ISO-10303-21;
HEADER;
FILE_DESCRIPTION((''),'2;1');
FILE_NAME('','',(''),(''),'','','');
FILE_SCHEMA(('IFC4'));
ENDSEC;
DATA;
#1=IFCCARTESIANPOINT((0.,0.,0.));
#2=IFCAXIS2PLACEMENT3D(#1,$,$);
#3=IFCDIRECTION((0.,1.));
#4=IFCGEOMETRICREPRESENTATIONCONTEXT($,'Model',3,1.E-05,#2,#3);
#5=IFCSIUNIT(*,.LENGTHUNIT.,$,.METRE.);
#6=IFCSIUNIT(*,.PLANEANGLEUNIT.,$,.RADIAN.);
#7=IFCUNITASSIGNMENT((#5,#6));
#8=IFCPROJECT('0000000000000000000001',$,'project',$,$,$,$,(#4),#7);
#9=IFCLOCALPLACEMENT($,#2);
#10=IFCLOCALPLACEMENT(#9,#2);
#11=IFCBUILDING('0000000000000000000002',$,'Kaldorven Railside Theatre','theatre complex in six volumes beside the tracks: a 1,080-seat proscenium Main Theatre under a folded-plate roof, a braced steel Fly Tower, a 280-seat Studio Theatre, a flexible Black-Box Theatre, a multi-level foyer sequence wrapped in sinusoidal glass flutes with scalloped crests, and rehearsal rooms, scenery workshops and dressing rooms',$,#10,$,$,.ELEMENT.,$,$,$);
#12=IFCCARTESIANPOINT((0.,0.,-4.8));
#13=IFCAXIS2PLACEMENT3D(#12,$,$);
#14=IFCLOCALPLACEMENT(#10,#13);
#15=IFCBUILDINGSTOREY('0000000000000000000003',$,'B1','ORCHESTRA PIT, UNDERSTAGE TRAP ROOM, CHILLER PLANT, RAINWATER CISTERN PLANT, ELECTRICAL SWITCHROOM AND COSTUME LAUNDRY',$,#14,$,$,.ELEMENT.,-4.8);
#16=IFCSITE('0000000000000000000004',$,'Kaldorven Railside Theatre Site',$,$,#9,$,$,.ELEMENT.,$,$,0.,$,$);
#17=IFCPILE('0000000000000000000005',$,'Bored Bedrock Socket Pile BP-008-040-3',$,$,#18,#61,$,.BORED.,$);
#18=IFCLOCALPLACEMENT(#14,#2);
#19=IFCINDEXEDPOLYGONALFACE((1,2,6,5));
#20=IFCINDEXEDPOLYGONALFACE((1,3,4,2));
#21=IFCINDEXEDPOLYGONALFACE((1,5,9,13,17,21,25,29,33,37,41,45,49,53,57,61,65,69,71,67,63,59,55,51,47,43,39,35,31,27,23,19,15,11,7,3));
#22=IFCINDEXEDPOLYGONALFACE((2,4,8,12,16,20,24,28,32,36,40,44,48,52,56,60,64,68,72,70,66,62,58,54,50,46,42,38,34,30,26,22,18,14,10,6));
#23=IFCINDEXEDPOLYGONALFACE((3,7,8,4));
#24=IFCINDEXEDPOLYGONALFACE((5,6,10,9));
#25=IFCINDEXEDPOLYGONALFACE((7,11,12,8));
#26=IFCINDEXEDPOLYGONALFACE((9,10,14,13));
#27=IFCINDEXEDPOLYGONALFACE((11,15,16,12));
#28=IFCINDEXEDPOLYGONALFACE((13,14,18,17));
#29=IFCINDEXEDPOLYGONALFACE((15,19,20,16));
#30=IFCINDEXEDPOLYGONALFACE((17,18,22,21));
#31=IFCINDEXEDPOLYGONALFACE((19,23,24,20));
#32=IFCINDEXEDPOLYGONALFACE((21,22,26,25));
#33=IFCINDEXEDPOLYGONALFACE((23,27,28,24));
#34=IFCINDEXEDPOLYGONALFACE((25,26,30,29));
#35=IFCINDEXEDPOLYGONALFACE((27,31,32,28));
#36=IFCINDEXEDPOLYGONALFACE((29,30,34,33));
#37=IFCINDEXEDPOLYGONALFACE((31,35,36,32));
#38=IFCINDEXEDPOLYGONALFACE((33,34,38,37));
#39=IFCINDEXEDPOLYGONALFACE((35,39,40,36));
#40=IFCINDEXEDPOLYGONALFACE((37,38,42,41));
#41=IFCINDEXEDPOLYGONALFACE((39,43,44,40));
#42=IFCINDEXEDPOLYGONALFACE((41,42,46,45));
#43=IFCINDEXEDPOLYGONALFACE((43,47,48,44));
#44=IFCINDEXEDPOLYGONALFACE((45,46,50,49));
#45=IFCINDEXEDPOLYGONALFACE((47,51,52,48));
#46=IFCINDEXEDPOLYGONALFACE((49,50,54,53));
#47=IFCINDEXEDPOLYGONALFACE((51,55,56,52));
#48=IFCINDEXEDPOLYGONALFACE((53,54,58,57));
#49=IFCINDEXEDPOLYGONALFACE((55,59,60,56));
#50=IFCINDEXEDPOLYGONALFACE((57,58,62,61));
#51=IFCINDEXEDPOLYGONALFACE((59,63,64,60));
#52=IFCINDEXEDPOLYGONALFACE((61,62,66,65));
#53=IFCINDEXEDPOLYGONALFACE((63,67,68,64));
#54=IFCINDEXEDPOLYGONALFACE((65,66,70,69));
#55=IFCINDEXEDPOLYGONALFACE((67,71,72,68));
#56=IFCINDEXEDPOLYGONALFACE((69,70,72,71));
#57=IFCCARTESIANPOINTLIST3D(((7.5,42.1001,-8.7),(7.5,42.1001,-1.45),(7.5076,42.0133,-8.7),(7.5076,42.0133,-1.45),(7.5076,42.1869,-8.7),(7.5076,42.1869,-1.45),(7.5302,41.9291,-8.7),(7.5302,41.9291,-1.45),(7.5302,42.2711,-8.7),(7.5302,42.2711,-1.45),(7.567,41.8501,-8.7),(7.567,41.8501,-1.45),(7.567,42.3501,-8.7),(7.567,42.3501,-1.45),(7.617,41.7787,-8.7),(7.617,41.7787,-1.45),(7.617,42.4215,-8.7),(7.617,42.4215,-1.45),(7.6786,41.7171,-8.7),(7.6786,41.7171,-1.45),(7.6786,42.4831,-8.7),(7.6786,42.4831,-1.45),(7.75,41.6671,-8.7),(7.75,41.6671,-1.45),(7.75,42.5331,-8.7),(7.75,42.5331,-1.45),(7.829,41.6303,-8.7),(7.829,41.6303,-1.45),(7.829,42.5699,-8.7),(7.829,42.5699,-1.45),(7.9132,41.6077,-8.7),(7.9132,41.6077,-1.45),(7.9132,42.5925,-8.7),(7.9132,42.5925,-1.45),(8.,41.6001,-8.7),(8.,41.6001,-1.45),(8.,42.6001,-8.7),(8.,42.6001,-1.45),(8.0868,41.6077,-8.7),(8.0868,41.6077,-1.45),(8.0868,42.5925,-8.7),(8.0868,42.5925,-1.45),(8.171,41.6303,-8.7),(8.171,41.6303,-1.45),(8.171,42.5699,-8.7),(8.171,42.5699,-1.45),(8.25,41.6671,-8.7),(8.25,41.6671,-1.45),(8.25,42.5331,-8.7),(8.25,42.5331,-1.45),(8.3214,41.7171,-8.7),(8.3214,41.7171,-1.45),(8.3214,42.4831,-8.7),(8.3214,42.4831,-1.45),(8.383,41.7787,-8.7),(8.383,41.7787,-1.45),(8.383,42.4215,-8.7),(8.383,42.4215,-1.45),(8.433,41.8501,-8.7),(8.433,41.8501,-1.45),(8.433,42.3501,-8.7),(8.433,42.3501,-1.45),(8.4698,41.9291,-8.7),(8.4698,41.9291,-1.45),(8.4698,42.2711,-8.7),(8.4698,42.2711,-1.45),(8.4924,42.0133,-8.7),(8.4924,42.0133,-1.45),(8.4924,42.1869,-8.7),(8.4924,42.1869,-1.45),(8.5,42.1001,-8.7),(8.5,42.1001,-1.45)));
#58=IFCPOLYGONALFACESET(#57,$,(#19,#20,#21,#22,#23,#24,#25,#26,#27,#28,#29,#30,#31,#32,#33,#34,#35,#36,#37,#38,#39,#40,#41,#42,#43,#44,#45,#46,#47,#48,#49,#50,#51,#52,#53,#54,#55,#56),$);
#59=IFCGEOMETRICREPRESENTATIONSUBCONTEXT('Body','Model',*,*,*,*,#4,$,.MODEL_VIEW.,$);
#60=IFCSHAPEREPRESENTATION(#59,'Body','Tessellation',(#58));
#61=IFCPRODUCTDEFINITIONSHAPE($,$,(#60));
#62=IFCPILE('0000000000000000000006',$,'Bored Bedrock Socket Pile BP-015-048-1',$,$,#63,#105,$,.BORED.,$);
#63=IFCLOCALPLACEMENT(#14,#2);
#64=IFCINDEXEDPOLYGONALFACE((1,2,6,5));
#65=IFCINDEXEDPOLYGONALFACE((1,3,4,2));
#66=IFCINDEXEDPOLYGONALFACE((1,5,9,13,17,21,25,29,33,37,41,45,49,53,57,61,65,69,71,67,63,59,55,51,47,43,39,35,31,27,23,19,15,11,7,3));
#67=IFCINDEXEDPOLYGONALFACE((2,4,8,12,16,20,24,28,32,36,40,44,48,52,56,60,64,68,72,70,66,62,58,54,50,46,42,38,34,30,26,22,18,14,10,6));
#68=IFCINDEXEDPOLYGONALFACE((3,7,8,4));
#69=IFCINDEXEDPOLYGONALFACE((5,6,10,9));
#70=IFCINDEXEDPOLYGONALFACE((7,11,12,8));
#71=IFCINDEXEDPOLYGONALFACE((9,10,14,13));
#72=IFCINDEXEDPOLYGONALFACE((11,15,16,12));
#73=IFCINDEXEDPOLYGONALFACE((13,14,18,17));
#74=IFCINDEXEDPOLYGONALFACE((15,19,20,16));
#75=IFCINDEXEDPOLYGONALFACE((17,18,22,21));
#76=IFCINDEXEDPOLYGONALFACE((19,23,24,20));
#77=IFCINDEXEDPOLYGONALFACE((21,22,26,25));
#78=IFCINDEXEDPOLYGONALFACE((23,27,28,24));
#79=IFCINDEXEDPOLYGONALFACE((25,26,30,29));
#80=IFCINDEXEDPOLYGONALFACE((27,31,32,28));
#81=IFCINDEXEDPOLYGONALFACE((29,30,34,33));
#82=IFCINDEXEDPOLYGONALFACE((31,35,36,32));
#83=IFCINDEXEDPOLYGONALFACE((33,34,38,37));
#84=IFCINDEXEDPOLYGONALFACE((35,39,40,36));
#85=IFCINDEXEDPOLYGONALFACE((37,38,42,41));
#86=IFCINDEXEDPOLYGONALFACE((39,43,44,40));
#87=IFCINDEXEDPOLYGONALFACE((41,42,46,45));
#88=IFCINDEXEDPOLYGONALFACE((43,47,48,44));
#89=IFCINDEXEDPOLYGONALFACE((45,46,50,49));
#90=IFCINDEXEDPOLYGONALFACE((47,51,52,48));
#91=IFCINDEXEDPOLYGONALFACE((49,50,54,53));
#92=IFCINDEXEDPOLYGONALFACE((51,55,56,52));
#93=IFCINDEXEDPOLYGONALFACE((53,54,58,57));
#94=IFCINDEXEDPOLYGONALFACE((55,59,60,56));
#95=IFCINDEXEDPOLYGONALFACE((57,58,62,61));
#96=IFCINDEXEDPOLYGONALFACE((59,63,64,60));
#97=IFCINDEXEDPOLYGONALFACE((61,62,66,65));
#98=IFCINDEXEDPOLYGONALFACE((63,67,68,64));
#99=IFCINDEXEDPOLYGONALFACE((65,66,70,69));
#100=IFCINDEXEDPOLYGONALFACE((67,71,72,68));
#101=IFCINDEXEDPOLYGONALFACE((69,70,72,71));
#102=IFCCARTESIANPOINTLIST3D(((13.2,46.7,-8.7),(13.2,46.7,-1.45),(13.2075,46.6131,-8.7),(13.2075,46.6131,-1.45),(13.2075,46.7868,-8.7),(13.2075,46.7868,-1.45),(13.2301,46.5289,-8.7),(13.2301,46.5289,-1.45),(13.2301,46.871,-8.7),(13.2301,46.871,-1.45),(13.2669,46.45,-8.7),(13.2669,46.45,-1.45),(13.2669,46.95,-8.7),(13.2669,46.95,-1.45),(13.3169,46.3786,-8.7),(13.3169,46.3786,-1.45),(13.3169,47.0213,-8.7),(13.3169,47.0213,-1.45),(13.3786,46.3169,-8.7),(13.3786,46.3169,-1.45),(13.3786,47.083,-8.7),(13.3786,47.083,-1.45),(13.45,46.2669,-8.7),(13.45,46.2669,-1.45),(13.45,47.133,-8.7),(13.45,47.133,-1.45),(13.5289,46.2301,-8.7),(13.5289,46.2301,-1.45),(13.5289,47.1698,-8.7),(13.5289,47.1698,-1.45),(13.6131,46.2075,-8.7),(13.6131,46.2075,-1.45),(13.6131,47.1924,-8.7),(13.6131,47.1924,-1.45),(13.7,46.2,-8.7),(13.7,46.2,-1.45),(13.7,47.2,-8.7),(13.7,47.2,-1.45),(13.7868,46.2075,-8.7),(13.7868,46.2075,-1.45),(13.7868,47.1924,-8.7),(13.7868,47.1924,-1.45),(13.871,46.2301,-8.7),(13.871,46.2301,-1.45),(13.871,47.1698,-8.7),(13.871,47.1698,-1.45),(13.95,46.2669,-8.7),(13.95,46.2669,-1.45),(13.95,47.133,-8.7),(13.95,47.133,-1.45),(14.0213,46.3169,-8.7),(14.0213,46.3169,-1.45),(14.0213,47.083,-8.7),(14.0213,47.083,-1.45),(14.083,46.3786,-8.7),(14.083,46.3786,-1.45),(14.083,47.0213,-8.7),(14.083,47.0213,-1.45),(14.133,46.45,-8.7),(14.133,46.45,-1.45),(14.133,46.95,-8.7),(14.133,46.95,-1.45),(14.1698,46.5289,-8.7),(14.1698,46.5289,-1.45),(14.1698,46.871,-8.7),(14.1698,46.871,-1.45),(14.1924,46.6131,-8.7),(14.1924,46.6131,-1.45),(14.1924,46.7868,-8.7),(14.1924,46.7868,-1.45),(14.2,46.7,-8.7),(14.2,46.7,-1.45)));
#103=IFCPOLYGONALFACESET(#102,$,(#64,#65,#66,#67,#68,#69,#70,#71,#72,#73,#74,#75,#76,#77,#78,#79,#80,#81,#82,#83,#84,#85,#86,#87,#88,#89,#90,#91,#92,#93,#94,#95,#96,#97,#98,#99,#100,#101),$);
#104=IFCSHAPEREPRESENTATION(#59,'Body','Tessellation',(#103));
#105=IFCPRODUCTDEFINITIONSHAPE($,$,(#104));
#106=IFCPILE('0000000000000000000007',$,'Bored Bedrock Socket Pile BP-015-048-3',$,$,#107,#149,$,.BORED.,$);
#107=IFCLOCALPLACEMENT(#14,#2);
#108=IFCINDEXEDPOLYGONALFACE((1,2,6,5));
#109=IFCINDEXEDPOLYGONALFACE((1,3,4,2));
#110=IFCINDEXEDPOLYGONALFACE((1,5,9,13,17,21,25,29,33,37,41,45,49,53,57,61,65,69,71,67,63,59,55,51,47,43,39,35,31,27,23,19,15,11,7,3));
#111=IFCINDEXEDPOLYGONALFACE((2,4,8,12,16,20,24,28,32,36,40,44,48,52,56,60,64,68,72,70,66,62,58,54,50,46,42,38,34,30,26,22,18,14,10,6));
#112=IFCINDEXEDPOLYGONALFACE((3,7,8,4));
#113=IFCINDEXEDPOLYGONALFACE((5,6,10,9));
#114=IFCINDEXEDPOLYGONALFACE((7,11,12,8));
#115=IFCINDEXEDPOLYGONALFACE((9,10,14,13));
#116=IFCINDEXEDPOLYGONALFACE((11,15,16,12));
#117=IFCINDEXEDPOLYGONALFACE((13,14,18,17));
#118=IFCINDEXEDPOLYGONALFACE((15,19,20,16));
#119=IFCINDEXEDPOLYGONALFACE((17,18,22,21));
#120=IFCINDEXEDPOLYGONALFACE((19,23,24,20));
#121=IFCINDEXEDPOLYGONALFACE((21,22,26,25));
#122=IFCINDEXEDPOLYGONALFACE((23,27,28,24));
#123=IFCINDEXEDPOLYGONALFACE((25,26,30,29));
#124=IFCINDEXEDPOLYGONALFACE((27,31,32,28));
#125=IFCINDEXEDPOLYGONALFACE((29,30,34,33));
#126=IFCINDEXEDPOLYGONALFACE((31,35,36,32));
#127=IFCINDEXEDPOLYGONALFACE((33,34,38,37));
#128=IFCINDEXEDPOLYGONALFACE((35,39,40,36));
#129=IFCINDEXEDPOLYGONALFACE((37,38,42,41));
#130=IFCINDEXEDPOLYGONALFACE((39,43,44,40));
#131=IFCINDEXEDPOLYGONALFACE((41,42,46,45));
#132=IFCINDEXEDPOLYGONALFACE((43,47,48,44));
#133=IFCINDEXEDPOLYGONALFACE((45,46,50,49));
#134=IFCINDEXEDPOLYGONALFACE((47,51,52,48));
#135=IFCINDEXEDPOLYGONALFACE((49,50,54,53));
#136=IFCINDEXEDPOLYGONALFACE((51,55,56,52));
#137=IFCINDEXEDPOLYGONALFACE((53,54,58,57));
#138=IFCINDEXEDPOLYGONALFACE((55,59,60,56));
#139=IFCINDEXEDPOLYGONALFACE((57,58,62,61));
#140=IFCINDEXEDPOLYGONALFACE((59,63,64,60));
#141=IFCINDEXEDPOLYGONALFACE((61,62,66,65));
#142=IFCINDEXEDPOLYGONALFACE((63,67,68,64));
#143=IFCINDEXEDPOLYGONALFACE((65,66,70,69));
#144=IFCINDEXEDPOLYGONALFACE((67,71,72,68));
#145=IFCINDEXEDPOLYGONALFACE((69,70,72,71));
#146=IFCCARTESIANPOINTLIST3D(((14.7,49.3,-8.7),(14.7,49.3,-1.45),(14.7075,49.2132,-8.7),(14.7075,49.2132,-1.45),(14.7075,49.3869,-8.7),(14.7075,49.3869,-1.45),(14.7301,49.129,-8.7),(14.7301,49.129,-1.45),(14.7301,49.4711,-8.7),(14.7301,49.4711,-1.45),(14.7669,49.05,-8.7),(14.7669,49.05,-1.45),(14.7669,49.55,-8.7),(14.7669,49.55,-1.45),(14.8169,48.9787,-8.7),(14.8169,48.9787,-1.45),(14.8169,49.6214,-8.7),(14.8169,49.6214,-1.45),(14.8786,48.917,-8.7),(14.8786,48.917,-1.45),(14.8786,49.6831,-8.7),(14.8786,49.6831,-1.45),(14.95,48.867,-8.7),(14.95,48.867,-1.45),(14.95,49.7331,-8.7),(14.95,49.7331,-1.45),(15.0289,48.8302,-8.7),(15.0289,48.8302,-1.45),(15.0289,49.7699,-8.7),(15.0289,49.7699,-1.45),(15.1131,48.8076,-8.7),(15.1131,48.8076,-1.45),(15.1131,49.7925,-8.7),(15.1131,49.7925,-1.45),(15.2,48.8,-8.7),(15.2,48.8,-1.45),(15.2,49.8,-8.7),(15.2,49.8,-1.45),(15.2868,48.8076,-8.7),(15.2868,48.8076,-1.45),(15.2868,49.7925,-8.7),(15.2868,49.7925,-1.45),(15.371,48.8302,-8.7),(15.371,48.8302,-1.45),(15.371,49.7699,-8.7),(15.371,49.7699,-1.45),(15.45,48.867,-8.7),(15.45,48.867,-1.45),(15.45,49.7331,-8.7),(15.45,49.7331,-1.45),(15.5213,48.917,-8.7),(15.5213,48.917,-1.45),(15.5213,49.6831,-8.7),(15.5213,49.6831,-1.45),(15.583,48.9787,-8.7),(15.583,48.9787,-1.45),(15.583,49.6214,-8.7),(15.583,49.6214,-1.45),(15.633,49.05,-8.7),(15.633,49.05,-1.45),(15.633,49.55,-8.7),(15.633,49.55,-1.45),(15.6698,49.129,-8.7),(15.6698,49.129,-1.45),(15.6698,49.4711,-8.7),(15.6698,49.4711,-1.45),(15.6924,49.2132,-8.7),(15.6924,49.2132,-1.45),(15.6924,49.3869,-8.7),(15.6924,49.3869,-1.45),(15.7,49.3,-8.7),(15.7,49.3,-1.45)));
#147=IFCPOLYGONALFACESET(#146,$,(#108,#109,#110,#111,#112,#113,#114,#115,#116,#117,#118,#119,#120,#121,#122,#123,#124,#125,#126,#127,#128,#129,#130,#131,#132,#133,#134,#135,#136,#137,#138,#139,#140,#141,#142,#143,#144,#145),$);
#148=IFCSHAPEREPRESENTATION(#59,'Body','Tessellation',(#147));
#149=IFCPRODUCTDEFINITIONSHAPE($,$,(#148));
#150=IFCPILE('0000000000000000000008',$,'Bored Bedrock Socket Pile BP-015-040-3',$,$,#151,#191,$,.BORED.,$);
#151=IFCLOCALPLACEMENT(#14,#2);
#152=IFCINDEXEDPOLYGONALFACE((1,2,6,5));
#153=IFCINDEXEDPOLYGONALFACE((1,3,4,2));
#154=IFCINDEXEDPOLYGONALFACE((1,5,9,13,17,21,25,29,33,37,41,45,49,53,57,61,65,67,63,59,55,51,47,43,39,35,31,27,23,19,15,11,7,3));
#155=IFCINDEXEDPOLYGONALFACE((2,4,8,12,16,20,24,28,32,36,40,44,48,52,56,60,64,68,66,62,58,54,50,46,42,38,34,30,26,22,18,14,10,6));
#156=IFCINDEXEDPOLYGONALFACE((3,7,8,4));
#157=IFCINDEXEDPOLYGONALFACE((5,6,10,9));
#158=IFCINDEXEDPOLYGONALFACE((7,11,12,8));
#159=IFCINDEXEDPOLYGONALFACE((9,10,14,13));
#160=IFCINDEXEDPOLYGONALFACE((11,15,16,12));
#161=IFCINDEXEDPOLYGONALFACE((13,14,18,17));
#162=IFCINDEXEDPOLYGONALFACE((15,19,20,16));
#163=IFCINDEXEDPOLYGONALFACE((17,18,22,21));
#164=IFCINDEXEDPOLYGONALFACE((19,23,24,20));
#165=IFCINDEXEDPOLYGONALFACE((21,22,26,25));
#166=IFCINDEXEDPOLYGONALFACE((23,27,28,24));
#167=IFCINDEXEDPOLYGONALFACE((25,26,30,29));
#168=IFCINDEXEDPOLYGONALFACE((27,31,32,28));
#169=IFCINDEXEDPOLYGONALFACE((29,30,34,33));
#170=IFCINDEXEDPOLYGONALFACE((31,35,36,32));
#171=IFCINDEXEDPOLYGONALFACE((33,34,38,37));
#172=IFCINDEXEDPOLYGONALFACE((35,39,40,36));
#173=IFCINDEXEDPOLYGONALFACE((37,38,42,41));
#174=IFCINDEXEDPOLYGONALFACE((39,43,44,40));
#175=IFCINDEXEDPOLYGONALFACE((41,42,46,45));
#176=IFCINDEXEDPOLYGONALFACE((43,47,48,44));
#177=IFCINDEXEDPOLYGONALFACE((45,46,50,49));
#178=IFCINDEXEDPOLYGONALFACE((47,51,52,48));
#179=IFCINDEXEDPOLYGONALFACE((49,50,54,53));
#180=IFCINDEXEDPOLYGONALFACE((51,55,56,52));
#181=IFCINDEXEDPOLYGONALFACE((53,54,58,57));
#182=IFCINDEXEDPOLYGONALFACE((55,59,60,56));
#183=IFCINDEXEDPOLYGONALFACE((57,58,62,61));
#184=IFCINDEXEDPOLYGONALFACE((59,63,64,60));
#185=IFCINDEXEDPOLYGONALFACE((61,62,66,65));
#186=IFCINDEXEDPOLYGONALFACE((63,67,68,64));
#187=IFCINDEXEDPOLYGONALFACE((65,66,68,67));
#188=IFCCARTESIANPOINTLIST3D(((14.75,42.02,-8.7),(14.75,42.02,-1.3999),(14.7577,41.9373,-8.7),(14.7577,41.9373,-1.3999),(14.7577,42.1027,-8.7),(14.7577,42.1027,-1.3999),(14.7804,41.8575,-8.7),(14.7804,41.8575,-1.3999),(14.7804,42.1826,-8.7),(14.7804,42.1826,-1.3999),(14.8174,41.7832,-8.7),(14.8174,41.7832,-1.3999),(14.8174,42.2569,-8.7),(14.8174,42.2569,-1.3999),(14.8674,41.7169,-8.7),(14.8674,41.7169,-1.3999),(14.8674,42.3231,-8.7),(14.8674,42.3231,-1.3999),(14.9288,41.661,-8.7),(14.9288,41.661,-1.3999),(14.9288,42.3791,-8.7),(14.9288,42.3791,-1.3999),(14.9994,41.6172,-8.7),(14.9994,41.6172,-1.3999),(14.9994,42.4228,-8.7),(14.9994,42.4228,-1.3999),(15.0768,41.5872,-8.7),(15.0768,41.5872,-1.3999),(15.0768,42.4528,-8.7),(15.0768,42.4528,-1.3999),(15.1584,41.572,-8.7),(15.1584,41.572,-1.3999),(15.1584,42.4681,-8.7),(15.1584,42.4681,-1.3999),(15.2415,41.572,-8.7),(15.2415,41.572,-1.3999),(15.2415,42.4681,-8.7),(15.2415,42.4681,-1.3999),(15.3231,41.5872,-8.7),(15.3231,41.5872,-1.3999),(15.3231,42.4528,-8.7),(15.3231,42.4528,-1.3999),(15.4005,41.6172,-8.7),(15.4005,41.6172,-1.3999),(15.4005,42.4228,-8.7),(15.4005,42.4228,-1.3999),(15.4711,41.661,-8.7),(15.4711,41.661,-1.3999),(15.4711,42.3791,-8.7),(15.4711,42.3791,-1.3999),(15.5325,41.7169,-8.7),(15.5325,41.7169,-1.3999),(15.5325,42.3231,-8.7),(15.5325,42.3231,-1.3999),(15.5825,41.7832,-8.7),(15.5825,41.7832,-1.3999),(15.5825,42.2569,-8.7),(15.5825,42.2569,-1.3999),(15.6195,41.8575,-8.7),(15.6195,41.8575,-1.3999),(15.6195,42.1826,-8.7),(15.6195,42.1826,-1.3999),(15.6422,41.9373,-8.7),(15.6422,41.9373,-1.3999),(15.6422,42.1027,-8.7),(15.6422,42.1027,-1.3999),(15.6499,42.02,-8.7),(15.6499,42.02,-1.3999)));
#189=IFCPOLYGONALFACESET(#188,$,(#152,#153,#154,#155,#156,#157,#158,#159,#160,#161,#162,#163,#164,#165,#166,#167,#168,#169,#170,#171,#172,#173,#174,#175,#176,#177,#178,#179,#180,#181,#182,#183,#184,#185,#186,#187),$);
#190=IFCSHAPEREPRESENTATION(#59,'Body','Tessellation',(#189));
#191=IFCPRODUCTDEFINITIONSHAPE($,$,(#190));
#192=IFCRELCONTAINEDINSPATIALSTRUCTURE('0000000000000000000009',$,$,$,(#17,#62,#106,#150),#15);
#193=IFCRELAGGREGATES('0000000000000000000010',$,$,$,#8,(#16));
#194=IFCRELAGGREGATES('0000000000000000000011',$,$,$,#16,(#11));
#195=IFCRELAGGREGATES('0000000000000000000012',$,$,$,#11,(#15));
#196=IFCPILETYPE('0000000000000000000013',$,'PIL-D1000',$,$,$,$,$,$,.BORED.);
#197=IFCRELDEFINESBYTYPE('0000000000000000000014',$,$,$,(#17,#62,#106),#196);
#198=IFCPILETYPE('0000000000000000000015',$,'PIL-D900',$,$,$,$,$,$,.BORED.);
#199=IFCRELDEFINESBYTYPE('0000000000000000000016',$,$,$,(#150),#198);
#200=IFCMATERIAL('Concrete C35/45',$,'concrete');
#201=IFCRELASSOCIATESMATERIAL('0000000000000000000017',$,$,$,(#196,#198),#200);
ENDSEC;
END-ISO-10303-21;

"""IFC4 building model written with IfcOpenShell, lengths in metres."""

from ifc_helpers import new_model, si_unit, direction, frame, origin, origin_2d, place, context, subcontext, project, spatial, circle, extrude, material, material_profile, profile_set, type_object, element, save


model = new_model("IFC4")

# Units and contexts
model_context = context("Model", 3, precision=1e-05, world=origin(), true_north=direction((0.0, 1.0)))
body_context = subcontext(model_context, "Body", "Model", "MODEL_VIEW")
ifc_project = project(units=[si_unit("LENGTHUNIT", "METRE"), si_unit("PLANEANGLEUNIT", "RADIAN")], contexts=[model_context])

# Site, building, storey
site_placement = place(None, origin())
site = spatial("IfcSite", under=ifc_project, at=site_placement, Name="Kaldorven Railside Theatre Site", CompositionType="ELEMENT", RefElevation=0.0)
building_placement = place(site_placement, origin())
building = spatial("IfcBuilding", under=site, at=building_placement, Name="Kaldorven Railside Theatre", Description="theatre complex in six volumes beside the tracks: a 1,080-seat proscenium Main Theatre under a folded-plate roof, a braced steel Fly Tower, a 280-seat Studio Theatre, a flexible Black-Box Theatre, a multi-level foyer sequence wrapped in sinusoidal glass flutes with scalloped crests, and rehearsal rooms, scenery workshops and dressing rooms", CompositionType="ELEMENT")
storey_placement = place(building_placement, frame((0.0, 0.0, -4.8)))
storey = spatial("IfcBuildingStorey", under=building, at=storey_placement, Name="B1", Description="ORCHESTRA PIT, UNDERSTAGE TRAP ROOM, CHILLER PLANT, RAINWATER CISTERN PLANT, ELECTRICAL SWITCHROOM AND COSTUME LAUNDRY", CompositionType="ELEMENT", Elevation=-4.8)

# Piles
ifc_material_1 = material(Name="Concrete C35/45", Category="concrete")
ifc_material_profile_1 = material_profile(ifc_material_1, circle(Radius=0.5, at=origin_2d()), Name="BP D1000")
ifc_profile_set_1 = profile_set([ifc_material_profile_1], Name="Concrete C35/45")
pile_type_1 = type_object("IfcPileType", Name="PIL-D1000", PredefinedType="BORED", material=ifc_profile_set_1)
for number, where, z_axis, x_axis, name in (
    (1, (8.0, 42.1001, -1.45), (0.0, 0.0, -1.0), (1.0, 0.0, 0.0), "Bored Bedrock Socket Pile BP-008-040-3"),
    (2, (13.7, 46.7, -1.45), (0.0, 0.0, -1.0), (1.0, 0.0, 0.0), "Bored Bedrock Socket Pile BP-015-048-1"),
    (3, (15.2, 49.3, -1.45), (0.0, 0.0, -1.0), (1.0, 0.0, 0.0), "Bored Bedrock Socket Pile BP-015-048-3"),
):
    element("IfcPile", number, at=place(storey_placement, frame(where, z_axis=z_axis, x_axis=x_axis)), inside=storey, type_object=pile_type_1, Name=name, PredefinedType="BORED", context=body_context, shape_type="SweptSolid", body=[
        extrude(circle(Radius=0.5, at=origin_2d()), origin(), (0.0, 0.0, 1.0), 7.25),
    ])
ifc_material_profile_2 = material_profile(ifc_material_1, circle(Radius=0.45, at=origin_2d()), Name="BP D900")
ifc_profile_set_2 = profile_set([ifc_material_profile_2], Name="Concrete C35/45")
pile_type_2 = type_object("IfcPileType", Name="PIL-D900", PredefinedType="BORED", material=ifc_profile_set_2)
pile_placement = place(storey_placement, frame((15.2, 42.02, -1.3999), z_axis=(0.0, 0.0, -1.0), x_axis=(1.0, 0.0, 0.0)))
element("IfcPile", 4, at=pile_placement, inside=storey, type_object=pile_type_2, Name="Bored Bedrock Socket Pile BP-015-040-3", PredefinedType="BORED", context=body_context, shape_type="SweptSolid", body=[
    extrude(circle(Radius=0.45, at=origin_2d()), origin(), (0.0, 0.0, 1.0), 7.3),
])

save(model, "model.ifc")
